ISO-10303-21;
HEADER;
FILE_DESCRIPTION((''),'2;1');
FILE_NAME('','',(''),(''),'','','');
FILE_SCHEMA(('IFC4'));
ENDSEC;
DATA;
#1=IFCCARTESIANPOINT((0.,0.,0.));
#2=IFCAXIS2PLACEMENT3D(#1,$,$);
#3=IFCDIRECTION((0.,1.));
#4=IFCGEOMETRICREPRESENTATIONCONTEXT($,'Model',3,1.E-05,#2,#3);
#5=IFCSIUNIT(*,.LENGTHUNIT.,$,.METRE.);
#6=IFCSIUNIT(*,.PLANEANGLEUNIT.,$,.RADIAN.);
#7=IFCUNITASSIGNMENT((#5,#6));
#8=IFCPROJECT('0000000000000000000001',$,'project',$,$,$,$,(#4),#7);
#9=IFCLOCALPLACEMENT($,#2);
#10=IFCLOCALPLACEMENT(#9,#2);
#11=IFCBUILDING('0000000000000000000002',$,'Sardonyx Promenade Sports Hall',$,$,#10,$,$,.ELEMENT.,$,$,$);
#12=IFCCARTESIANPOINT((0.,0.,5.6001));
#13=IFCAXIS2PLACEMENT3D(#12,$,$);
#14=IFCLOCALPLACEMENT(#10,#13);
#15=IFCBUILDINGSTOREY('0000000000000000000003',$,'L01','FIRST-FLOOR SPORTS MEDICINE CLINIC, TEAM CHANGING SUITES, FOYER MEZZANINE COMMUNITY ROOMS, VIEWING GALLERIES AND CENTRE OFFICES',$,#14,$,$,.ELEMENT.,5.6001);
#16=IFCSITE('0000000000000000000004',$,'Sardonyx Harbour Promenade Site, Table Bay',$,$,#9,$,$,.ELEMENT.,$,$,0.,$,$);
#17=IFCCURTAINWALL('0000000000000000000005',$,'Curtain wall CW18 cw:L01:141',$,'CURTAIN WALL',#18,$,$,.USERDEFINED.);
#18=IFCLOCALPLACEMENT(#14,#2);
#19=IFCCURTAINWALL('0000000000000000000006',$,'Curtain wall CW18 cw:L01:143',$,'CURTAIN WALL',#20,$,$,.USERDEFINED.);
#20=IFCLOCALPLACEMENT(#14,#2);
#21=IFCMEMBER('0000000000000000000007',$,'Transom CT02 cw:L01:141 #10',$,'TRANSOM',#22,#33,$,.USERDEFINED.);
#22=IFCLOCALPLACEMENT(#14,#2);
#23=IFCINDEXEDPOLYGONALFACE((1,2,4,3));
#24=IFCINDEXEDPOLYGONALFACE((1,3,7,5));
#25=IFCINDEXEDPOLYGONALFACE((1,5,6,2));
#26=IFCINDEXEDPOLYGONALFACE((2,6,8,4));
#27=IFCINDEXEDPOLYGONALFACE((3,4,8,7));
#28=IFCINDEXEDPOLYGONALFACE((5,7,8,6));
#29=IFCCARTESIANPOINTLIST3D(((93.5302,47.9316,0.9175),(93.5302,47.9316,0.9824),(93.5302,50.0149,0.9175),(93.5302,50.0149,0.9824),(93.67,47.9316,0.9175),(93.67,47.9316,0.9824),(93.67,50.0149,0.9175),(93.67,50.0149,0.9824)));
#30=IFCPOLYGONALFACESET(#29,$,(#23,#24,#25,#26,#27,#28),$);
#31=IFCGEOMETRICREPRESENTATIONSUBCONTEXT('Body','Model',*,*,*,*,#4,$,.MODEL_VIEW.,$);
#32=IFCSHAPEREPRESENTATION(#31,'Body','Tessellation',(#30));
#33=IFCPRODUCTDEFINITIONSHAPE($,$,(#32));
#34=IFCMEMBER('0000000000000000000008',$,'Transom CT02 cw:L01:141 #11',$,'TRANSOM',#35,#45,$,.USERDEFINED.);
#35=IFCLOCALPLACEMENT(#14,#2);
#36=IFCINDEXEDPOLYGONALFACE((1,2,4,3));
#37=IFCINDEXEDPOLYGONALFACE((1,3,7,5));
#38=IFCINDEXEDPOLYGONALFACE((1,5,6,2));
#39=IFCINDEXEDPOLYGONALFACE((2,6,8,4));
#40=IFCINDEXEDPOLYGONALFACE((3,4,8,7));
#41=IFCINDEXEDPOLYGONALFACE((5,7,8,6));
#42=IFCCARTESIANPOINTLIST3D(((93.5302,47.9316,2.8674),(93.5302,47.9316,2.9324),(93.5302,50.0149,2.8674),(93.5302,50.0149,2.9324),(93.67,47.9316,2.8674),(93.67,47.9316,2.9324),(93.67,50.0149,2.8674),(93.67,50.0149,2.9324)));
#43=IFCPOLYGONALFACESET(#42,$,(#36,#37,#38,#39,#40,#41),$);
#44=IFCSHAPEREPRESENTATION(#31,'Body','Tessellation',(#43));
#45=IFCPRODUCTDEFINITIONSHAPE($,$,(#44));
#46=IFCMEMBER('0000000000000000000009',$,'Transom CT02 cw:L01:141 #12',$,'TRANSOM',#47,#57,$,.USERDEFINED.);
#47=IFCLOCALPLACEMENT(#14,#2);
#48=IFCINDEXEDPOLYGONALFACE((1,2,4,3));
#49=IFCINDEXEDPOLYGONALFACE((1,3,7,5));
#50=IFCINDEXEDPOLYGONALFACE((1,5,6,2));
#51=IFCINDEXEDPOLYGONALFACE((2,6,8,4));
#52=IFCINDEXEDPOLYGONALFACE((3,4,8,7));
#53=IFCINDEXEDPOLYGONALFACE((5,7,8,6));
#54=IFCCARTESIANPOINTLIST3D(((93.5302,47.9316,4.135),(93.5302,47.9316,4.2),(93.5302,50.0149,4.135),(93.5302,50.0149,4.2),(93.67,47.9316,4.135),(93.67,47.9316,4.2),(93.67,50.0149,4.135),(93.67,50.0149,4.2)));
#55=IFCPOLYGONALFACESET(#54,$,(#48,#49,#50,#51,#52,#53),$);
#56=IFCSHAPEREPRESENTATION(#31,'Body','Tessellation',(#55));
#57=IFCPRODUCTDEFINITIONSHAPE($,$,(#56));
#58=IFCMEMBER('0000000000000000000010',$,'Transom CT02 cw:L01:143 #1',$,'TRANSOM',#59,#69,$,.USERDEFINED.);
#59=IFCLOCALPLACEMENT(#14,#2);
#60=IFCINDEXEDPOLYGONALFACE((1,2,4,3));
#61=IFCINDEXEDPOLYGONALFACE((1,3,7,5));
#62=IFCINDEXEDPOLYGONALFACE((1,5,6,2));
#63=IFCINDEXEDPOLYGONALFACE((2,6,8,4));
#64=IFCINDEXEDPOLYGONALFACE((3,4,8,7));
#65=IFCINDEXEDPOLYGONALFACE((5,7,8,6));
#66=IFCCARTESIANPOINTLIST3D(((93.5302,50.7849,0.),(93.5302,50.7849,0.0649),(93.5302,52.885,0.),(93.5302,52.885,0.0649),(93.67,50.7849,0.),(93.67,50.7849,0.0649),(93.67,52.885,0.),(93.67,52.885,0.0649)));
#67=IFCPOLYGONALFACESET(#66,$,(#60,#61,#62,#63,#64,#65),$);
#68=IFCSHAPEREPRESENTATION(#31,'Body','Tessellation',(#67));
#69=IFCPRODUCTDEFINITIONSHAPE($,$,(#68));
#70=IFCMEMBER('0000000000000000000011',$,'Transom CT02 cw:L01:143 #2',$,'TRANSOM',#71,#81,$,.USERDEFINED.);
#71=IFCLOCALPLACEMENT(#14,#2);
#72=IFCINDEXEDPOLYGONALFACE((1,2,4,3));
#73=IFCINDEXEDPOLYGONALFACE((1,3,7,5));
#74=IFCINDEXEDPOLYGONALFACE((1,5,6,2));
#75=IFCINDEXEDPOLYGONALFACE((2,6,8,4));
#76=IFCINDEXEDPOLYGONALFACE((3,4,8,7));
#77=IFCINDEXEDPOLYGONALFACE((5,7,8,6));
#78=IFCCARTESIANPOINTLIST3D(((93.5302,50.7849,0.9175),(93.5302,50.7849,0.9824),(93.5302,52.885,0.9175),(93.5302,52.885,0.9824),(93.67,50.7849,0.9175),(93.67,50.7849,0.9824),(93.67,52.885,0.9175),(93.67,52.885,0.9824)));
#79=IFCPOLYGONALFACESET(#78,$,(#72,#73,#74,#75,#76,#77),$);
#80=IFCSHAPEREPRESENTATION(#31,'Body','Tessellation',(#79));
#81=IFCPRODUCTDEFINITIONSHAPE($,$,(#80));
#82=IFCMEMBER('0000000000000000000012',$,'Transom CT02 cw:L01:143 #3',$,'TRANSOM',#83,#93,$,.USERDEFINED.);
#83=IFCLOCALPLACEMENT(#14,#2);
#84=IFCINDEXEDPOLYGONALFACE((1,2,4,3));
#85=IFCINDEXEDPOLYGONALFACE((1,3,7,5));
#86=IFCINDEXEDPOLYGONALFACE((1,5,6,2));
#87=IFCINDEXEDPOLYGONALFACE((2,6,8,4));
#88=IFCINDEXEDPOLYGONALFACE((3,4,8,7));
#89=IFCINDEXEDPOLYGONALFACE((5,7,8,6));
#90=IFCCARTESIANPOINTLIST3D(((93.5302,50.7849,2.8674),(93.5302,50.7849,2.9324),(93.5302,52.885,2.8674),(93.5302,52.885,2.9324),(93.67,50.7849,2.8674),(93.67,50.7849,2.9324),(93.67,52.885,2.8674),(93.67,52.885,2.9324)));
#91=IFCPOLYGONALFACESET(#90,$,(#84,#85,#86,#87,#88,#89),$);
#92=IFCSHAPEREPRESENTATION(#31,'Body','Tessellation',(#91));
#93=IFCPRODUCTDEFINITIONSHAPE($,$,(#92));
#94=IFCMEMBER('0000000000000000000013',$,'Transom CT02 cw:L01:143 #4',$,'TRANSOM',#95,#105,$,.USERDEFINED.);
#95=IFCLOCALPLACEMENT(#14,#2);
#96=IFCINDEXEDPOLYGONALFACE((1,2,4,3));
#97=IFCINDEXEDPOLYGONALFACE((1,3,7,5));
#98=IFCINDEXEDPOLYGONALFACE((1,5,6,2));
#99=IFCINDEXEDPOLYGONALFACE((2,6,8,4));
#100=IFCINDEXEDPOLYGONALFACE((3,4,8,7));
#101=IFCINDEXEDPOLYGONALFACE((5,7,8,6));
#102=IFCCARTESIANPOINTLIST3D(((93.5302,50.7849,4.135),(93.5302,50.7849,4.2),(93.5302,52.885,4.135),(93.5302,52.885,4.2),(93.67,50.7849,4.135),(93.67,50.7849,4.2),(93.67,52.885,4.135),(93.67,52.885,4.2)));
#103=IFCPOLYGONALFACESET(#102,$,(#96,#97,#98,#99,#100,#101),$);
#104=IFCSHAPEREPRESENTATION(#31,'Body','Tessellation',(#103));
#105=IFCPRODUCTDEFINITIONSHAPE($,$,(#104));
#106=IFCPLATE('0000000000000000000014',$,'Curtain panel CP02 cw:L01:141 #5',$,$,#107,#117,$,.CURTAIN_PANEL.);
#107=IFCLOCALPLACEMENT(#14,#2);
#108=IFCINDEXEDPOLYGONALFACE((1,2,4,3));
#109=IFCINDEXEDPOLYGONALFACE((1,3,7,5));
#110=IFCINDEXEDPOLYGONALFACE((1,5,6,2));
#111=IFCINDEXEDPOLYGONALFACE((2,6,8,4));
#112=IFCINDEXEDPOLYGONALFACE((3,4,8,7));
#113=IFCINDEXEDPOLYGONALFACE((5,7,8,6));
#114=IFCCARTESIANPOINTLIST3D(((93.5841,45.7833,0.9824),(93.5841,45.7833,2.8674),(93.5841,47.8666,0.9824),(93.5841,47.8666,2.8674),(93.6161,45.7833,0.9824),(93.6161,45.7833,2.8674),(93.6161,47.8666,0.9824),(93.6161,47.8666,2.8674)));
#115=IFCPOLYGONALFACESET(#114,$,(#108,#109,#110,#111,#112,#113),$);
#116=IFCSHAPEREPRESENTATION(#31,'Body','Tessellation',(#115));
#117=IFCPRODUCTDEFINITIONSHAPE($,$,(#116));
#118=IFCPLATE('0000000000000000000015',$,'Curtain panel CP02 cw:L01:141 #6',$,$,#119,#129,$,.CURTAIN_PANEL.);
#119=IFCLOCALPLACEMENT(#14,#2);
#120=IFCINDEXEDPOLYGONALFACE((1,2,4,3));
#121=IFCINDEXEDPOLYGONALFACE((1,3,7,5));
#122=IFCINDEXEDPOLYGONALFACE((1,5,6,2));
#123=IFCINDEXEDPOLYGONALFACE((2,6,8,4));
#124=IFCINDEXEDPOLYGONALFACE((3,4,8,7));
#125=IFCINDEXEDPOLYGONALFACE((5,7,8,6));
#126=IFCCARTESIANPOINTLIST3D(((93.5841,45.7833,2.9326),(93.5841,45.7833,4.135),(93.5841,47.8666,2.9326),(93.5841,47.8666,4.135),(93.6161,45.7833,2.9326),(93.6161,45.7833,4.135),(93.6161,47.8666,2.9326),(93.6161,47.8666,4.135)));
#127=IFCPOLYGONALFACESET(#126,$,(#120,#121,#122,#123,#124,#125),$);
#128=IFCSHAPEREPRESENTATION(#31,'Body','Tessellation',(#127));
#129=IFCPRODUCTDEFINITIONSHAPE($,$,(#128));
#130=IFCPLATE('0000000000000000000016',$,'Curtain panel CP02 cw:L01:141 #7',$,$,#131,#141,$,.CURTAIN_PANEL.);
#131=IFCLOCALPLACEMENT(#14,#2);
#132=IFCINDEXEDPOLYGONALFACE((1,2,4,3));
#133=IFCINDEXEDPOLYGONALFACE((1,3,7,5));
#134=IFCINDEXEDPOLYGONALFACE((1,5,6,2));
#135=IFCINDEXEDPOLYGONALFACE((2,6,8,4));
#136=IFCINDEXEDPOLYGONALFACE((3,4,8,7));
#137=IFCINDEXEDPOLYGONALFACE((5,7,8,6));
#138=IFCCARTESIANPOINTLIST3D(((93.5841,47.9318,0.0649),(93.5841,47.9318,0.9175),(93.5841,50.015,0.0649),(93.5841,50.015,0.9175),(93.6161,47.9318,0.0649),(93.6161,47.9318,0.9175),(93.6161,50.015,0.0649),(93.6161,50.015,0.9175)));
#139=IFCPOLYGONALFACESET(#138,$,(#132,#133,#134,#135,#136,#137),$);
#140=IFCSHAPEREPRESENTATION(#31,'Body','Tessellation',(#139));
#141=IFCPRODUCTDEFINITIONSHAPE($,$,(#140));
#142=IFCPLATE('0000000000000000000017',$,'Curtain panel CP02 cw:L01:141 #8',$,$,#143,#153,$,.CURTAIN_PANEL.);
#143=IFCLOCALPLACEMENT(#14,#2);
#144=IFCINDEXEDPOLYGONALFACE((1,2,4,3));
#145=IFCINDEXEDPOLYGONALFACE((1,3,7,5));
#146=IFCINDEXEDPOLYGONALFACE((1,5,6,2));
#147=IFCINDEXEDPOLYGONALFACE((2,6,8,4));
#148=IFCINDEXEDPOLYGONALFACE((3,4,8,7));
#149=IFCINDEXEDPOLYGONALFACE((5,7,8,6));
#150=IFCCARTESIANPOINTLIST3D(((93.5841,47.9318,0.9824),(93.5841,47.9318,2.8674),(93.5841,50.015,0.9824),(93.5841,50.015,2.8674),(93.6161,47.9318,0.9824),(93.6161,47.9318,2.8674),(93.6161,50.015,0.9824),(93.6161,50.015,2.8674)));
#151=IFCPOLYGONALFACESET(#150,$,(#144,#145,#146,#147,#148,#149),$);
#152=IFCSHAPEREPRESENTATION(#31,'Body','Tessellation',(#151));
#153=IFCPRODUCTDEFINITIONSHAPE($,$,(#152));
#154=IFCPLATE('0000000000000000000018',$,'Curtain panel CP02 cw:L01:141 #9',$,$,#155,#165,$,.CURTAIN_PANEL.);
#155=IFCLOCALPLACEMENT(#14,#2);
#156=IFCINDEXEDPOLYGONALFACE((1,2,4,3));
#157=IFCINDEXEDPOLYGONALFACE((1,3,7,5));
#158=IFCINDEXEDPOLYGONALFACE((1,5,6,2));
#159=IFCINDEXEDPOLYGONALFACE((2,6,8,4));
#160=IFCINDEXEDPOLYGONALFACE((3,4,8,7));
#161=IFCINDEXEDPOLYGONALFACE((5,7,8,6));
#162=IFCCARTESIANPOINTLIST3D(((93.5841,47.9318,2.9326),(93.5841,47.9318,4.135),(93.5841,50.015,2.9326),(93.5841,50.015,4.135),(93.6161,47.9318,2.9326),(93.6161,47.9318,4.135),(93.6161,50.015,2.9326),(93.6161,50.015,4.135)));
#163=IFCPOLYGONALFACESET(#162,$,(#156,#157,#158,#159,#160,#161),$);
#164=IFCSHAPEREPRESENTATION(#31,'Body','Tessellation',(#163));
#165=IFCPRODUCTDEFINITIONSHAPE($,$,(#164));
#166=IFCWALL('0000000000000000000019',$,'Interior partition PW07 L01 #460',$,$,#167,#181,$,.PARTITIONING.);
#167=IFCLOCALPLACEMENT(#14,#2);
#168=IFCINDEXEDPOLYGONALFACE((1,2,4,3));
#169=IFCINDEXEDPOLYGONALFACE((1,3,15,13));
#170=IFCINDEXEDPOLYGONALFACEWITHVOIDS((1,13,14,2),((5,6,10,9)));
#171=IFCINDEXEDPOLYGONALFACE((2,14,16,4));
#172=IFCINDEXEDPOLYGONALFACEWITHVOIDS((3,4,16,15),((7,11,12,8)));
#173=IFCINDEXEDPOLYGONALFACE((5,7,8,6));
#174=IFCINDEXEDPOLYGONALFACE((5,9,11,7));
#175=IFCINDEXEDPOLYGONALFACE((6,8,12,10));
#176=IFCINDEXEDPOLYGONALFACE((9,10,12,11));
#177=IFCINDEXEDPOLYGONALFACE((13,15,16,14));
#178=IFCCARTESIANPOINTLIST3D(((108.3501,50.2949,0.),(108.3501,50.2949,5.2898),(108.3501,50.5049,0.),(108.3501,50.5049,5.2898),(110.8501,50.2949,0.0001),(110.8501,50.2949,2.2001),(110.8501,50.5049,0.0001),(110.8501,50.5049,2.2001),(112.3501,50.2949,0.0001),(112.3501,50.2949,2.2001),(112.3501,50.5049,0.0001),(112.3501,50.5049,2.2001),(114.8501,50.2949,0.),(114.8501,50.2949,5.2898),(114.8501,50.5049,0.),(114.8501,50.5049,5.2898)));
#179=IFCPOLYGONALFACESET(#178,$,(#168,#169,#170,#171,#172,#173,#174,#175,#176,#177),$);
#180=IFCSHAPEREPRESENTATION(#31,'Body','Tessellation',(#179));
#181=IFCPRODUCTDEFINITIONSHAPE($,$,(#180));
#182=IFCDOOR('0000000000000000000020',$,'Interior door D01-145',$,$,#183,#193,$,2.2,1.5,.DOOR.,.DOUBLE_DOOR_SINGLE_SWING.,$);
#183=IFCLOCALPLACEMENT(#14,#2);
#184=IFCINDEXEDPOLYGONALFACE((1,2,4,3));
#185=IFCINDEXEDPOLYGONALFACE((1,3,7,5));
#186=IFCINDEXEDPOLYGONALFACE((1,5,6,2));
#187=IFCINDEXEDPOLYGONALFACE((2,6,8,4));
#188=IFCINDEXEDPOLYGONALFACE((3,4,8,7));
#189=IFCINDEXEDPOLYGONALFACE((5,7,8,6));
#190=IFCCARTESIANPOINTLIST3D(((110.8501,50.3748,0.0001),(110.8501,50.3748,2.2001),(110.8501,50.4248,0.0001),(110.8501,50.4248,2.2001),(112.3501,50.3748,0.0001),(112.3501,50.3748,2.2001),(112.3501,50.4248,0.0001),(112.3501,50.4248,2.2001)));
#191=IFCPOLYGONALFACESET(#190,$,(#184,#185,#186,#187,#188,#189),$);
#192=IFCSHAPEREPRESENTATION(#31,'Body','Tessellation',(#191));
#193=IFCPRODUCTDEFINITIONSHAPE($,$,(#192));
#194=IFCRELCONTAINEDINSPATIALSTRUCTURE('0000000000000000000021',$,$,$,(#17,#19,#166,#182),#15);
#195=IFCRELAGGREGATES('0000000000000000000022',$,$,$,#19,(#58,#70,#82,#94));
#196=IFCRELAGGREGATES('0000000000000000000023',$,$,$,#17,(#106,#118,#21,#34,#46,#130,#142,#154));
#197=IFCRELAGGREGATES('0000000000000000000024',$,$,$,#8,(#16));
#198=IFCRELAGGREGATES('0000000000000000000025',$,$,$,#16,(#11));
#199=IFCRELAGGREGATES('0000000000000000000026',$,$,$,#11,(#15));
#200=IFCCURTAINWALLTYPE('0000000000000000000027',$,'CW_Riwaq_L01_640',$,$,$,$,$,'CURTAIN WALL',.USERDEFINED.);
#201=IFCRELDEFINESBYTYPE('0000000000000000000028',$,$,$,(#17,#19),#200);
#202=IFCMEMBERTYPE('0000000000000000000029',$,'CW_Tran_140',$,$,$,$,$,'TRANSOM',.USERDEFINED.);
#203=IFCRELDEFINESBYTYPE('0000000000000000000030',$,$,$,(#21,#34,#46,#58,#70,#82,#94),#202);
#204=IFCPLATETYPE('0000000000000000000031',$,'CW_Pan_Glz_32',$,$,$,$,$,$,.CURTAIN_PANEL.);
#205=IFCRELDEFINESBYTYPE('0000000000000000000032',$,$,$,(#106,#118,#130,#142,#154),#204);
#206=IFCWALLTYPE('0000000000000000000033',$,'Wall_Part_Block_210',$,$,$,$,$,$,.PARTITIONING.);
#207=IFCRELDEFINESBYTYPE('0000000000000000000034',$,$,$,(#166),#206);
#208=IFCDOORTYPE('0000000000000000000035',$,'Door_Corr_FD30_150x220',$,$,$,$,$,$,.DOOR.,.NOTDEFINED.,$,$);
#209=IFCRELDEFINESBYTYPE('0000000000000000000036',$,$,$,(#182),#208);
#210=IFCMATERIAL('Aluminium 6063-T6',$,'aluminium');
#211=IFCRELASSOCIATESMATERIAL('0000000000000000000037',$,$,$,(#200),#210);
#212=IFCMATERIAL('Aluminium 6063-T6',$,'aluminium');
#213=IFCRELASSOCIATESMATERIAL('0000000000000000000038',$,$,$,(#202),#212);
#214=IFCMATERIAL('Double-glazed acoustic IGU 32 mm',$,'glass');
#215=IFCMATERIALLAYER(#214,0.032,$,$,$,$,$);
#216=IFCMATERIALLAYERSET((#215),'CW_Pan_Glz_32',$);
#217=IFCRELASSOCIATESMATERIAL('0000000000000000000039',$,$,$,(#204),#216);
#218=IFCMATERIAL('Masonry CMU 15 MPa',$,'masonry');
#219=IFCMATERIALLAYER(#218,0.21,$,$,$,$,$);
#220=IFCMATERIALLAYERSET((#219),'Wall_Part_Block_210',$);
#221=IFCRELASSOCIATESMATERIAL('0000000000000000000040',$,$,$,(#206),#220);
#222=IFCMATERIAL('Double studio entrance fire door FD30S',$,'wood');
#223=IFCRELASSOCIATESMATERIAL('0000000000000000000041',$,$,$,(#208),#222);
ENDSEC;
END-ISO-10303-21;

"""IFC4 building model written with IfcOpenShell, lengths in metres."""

from ifc_helpers import new_model, si_unit, direction, frame, frame_2d, origin, origin_2d, place, context, subcontext, project, spatial, rectangle, extrude, material, layer, layer_set, material_profile, profile_set, type_object, element, fill, aggregate, save


model = new_model("IFC4")

# Units and contexts
model_context = context("Model", 3, precision=1e-05, world=origin(), true_north=direction((0.0, 1.0)))
body_context = subcontext(model_context, "Body", "Model", "MODEL_VIEW")
ifc_project = project(units=[si_unit("LENGTHUNIT", "METRE"), si_unit("PLANEANGLEUNIT", "RADIAN")], contexts=[model_context])

# Site, building, storey
site_placement = place(None, origin())
site = spatial("IfcSite", under=ifc_project, at=site_placement, Name="Sardonyx Harbour Promenade Site, Table Bay", CompositionType="ELEMENT", RefElevation=0.0)
building_placement = place(site_placement, origin())
building = spatial("IfcBuilding", under=site, at=building_placement, Name="Sardonyx Promenade Sports Hall", CompositionType="ELEMENT")
storey_placement = place(building_placement, frame((0.0, 0.0, 5.6001)))
storey = spatial("IfcBuildingStorey", under=building, at=storey_placement, Name="L01", Description="FIRST-FLOOR SPORTS MEDICINE CLINIC, TEAM CHANGING SUITES, FOYER MEZZANINE COMMUNITY ROOMS, VIEWING GALLERIES AND CENTRE OFFICES", CompositionType="ELEMENT", Elevation=5.6001)

# Curtain wall
ifc_material_1 = material(Name="Aluminium 6063-T6", Category="aluminium")
curtain_wall_type = type_object("IfcCurtainWallType", Name="CW_Riwaq_L01_640", ElementType="CURTAIN WALL", PredefinedType="USERDEFINED", material=ifc_material_1)
curtain_wall_1_placement = place(storey_placement, origin())
curtain_wall_1 = element("IfcCurtainWall", 1, at=curtain_wall_1_placement, inside=storey, type_object=curtain_wall_type, Name="Curtain wall CW18 cw:L01:141", ObjectType="CURTAIN WALL", PredefinedType="USERDEFINED")

# Curtain wall
curtain_wall_2_placement = place(storey_placement, origin())
curtain_wall_2 = element("IfcCurtainWall", 2, at=curtain_wall_2_placement, inside=storey, type_object=curtain_wall_type, Name="Curtain wall CW18 cw:L01:143", ObjectType="CURTAIN WALL", PredefinedType="USERDEFINED")

# Members
ifc_material_2 = material(Name="Aluminium 6063-T6", Category="aluminium")
ifc_material_profile_1 = material_profile(ifc_material_2, rectangle(XDim=0.0649, YDim=0.1399, at=origin_2d()))
ifc_profile_set_1 = profile_set([ifc_material_profile_1], Name="Aluminium 6063-T6")
member_type_1 = type_object("IfcMemberType", Name="CW_Tran_140", ElementType="TRANSOM", PredefinedType="USERDEFINED", material=ifc_profile_set_1)
member_1_placement = place(storey_placement, frame((93.6001, 47.9316, 0.95), z_axis=(0.0, 1.0, 0.0), x_axis=(0.0, 0.0, 1.0)))
member_1 = element("IfcMember", 3, at=member_1_placement, type_object=member_type_1, Name="Transom CT02 cw:L01:141 #10", ObjectType="TRANSOM", PredefinedType="USERDEFINED", context=body_context, shape_type="SweptSolid", body=[
    extrude(rectangle(XDim=0.0649, YDim=0.1399, at=origin_2d()), origin(), (0.0, 0.0, 1.0), 2.0833),
])
member_2_placement = place(storey_placement, frame((93.6001, 47.9316, 2.8999), z_axis=(0.0, 1.0, 0.0), x_axis=(0.0, 0.0, 1.0)))
member_2 = element("IfcMember", 4, at=member_2_placement, type_object=member_type_1, Name="Transom CT02 cw:L01:141 #11", ObjectType="TRANSOM", PredefinedType="USERDEFINED", context=body_context, shape_type="SweptSolid", body=[
    extrude(rectangle(XDim=0.0649, YDim=0.1399, at=origin_2d()), origin(), (0.0, 0.0, 1.0), 2.0833),
])
member_3_placement = place(storey_placement, frame((93.6001, 47.9316, 4.1675), z_axis=(0.0, 1.0, 0.0), x_axis=(0.0, 0.0, 1.0)))
member_3 = element("IfcMember", 5, at=member_3_placement, type_object=member_type_1, Name="Transom CT02 cw:L01:141 #12", ObjectType="TRANSOM", PredefinedType="USERDEFINED", context=body_context, shape_type="SweptSolid", body=[
    extrude(rectangle(XDim=0.0649, YDim=0.1399, at=origin_2d()), origin(), (0.0, 0.0, 1.0), 2.0833),
])
member_4_placement = place(storey_placement, frame((93.6001, 50.7849, 0.0325), z_axis=(0.0, 1.0, 0.0), x_axis=(0.0, 0.0, 1.0)))
member_4 = element("IfcMember", 6, at=member_4_placement, type_object=member_type_1, Name="Transom CT02 cw:L01:143 #1", ObjectType="TRANSOM", PredefinedType="USERDEFINED", context=body_context, shape_type="SweptSolid", body=[
    extrude(rectangle(XDim=0.0649, YDim=0.1399, at=origin_2d()), origin(), (0.0, 0.0, 1.0), 2.1001),
])
member_5_placement = place(storey_placement, frame((93.6001, 50.7849, 0.95), z_axis=(0.0, 1.0, 0.0), x_axis=(0.0, 0.0, 1.0)))
member_5 = element("IfcMember", 7, at=member_5_placement, type_object=member_type_1, Name="Transom CT02 cw:L01:143 #2", ObjectType="TRANSOM", PredefinedType="USERDEFINED", context=body_context, shape_type="SweptSolid", body=[
    extrude(rectangle(XDim=0.0649, YDim=0.1399, at=origin_2d()), origin(), (0.0, 0.0, 1.0), 2.1001),
])
member_6_placement = place(storey_placement, frame((93.6001, 50.7849, 2.8999), z_axis=(0.0, 1.0, 0.0), x_axis=(0.0, 0.0, 1.0)))
member_6 = element("IfcMember", 8, at=member_6_placement, type_object=member_type_1, Name="Transom CT02 cw:L01:143 #3", ObjectType="TRANSOM", PredefinedType="USERDEFINED", context=body_context, shape_type="SweptSolid", body=[
    extrude(rectangle(XDim=0.0649, YDim=0.1399, at=origin_2d()), origin(), (0.0, 0.0, 1.0), 2.1001),
])
member_7_placement = place(storey_placement, frame((93.6001, 50.7849, 4.1675), z_axis=(0.0, 1.0, 0.0), x_axis=(0.0, 0.0, 1.0)))
member_7 = element("IfcMember", 9, at=member_7_placement, type_object=member_type_1, Name="Transom CT02 cw:L01:143 #4", ObjectType="TRANSOM", PredefinedType="USERDEFINED", context=body_context, shape_type="SweptSolid", body=[
    extrude(rectangle(XDim=0.0649, YDim=0.1399, at=origin_2d()), origin(), (0.0, 0.0, 1.0), 2.1001),
])
aggregate(curtain_wall_2, [member_4, member_5, member_6, member_7])

# Plates
ifc_material_3 = material(Name="Double-glazed acoustic IGU 32 mm", Category="glass")
ifc_layer_1 = layer(ifc_material_3, 0.032)
ifc_layer_set_1 = layer_set([ifc_layer_1], Name="CW_Pan_Glz_32")
plate_type = type_object("IfcPlateType", Name="CW_Pan_Glz_32", PredefinedType="CURTAIN_PANEL", material=ifc_layer_set_1)
plate_1_placement = place(storey_placement, frame((93.6001, 46.825, 0.9824), z_axis=(0.0, 0.0, 1.0), x_axis=(0.0, 1.0, 0.0)))
plate_1 = element("IfcPlate", 10, at=plate_1_placement, type_object=plate_type, Name="Curtain panel CP02 cw:L01:141 #5", PredefinedType="CURTAIN_PANEL", context=body_context, shape_type="SweptSolid", body=[
    extrude(rectangle(XDim=2.0833, YDim=0.032, at=origin_2d()), origin(), (0.0, 0.0, 1.0), 1.885),
])
plate_2_placement = place(storey_placement, frame((93.6001, 46.825, 2.9326), z_axis=(0.0, 0.0, 1.0), x_axis=(0.0, 1.0, 0.0)))
plate_2 = element("IfcPlate", 11, at=plate_2_placement, type_object=plate_type, Name="Curtain panel CP02 cw:L01:141 #6", PredefinedType="CURTAIN_PANEL", context=body_context, shape_type="SweptSolid", body=[
    extrude(rectangle(XDim=2.0833, YDim=0.032, at=origin_2d()), origin(), (0.0, 0.0, 1.0), 1.2024),
])
plate_3_placement = place(storey_placement, frame((93.6001, 48.9734, 0.0649), z_axis=(0.0, 0.0, 1.0), x_axis=(0.0, 1.0, 0.0)))
plate_3 = element("IfcPlate", 12, at=plate_3_placement, type_object=plate_type, Name="Curtain panel CP02 cw:L01:141 #7", PredefinedType="CURTAIN_PANEL", context=body_context, shape_type="SweptSolid", body=[
    extrude(rectangle(XDim=2.0833, YDim=0.032, at=origin_2d()), origin(), (0.0, 0.0, 1.0), 0.8525),
])
plate_4_placement = place(storey_placement, frame((93.6001, 48.9734, 0.9824), z_axis=(0.0, 0.0, 1.0), x_axis=(0.0, 1.0, 0.0)))
plate_4 = element("IfcPlate", 13, at=plate_4_placement, type_object=plate_type, Name="Curtain panel CP02 cw:L01:141 #8", PredefinedType="CURTAIN_PANEL", context=body_context, shape_type="SweptSolid", body=[
    extrude(rectangle(XDim=2.0833, YDim=0.032, at=origin_2d()), origin(), (0.0, 0.0, 1.0), 1.885),
])
plate_5_placement = place(storey_placement, frame((93.6001, 48.9734, 2.9326), z_axis=(0.0, 0.0, 1.0), x_axis=(0.0, 1.0, 0.0)))
plate_5 = element("IfcPlate", 14, at=plate_5_placement, type_object=plate_type, Name="Curtain panel CP02 cw:L01:141 #9", PredefinedType="CURTAIN_PANEL", context=body_context, shape_type="SweptSolid", body=[
    extrude(rectangle(XDim=2.0833, YDim=0.032, at=origin_2d()), origin(), (0.0, 0.0, 1.0), 1.2024),
])
aggregate(curtain_wall_1, [plate_1, plate_2, member_1, member_2, member_3, plate_3, plate_4, plate_5])

# Wall, opening, door
ifc_material_4 = material(Name="Masonry CMU 15 MPa", Category="masonry")
ifc_layer_2 = layer(ifc_material_4, 0.21)
ifc_layer_set_2 = layer_set([ifc_layer_2], Name="Wall_Part_Block_210")
wall_type = type_object("IfcWallType", Name="Wall_Part_Block_210", PredefinedType="PARTITIONING", material=ifc_layer_set_2)
wall_placement = place(storey_placement, frame((108.3501, 50.3999, 0.0), z_axis=(0.0, 0.0, 1.0), x_axis=(1.0, 0.0, 0.0)))
wall = element("IfcWall", 15, at=wall_placement, inside=storey, type_object=wall_type, Name="Interior partition PW07 L01 #460", PredefinedType="PARTITIONING", context=body_context, shape_type="SweptSolid", body=[
    extrude(rectangle(XDim=6.5, YDim=0.21, at=frame_2d((3.25, 0.0))), origin(), (0.0, 0.0, 1.0), 5.2898),
])
opening_placement = place(wall_placement, frame((2.5, 0.0, 0.0)))
opening = element("IfcOpeningElement", 16, at=opening_placement, cuts=wall, PredefinedType="OPENING", context=body_context, shape_type="SweptSolid", body=[
    extrude(rectangle(XDim=1.5, YDim=2.2, at=frame_2d((0.75, 1.1001))), frame((0.0, 0.115, 0.0), z_axis=(0.0, -1.0, 0.0), x_axis=(1.0, 0.0, 0.0)), (0.0, 0.0, 1.0), 0.23),
])
ifc_material_5 = material(Name="Double studio entrance fire door FD30S", Category="wood")
door_type = type_object("IfcDoorType", Name="Door_Corr_FD30_150x220", OperationType="NOTDEFINED", PredefinedType="DOOR", material=ifc_material_5)
door_placement = place(opening_placement, origin())
door = element("IfcDoor", 17, at=door_placement, inside=storey, type_object=door_type, Name="Interior door D01-145", OperationType="DOUBLE_DOOR_SINGLE_SWING", OverallHeight=2.2, OverallWidth=1.5, PredefinedType="DOOR", context=body_context, shape_type="SweptSolid", body=[
    extrude(rectangle(XDim=1.5, YDim=2.2, at=frame_2d((0.75, 1.1001))), frame((0.0, 0.0249, 0.0), z_axis=(0.0, -1.0, 0.0), x_axis=(1.0, 0.0, 0.0)), (0.0, 0.0, 1.0), 0.05),
])
fill(opening, door)

save(model, "model.ifc")
